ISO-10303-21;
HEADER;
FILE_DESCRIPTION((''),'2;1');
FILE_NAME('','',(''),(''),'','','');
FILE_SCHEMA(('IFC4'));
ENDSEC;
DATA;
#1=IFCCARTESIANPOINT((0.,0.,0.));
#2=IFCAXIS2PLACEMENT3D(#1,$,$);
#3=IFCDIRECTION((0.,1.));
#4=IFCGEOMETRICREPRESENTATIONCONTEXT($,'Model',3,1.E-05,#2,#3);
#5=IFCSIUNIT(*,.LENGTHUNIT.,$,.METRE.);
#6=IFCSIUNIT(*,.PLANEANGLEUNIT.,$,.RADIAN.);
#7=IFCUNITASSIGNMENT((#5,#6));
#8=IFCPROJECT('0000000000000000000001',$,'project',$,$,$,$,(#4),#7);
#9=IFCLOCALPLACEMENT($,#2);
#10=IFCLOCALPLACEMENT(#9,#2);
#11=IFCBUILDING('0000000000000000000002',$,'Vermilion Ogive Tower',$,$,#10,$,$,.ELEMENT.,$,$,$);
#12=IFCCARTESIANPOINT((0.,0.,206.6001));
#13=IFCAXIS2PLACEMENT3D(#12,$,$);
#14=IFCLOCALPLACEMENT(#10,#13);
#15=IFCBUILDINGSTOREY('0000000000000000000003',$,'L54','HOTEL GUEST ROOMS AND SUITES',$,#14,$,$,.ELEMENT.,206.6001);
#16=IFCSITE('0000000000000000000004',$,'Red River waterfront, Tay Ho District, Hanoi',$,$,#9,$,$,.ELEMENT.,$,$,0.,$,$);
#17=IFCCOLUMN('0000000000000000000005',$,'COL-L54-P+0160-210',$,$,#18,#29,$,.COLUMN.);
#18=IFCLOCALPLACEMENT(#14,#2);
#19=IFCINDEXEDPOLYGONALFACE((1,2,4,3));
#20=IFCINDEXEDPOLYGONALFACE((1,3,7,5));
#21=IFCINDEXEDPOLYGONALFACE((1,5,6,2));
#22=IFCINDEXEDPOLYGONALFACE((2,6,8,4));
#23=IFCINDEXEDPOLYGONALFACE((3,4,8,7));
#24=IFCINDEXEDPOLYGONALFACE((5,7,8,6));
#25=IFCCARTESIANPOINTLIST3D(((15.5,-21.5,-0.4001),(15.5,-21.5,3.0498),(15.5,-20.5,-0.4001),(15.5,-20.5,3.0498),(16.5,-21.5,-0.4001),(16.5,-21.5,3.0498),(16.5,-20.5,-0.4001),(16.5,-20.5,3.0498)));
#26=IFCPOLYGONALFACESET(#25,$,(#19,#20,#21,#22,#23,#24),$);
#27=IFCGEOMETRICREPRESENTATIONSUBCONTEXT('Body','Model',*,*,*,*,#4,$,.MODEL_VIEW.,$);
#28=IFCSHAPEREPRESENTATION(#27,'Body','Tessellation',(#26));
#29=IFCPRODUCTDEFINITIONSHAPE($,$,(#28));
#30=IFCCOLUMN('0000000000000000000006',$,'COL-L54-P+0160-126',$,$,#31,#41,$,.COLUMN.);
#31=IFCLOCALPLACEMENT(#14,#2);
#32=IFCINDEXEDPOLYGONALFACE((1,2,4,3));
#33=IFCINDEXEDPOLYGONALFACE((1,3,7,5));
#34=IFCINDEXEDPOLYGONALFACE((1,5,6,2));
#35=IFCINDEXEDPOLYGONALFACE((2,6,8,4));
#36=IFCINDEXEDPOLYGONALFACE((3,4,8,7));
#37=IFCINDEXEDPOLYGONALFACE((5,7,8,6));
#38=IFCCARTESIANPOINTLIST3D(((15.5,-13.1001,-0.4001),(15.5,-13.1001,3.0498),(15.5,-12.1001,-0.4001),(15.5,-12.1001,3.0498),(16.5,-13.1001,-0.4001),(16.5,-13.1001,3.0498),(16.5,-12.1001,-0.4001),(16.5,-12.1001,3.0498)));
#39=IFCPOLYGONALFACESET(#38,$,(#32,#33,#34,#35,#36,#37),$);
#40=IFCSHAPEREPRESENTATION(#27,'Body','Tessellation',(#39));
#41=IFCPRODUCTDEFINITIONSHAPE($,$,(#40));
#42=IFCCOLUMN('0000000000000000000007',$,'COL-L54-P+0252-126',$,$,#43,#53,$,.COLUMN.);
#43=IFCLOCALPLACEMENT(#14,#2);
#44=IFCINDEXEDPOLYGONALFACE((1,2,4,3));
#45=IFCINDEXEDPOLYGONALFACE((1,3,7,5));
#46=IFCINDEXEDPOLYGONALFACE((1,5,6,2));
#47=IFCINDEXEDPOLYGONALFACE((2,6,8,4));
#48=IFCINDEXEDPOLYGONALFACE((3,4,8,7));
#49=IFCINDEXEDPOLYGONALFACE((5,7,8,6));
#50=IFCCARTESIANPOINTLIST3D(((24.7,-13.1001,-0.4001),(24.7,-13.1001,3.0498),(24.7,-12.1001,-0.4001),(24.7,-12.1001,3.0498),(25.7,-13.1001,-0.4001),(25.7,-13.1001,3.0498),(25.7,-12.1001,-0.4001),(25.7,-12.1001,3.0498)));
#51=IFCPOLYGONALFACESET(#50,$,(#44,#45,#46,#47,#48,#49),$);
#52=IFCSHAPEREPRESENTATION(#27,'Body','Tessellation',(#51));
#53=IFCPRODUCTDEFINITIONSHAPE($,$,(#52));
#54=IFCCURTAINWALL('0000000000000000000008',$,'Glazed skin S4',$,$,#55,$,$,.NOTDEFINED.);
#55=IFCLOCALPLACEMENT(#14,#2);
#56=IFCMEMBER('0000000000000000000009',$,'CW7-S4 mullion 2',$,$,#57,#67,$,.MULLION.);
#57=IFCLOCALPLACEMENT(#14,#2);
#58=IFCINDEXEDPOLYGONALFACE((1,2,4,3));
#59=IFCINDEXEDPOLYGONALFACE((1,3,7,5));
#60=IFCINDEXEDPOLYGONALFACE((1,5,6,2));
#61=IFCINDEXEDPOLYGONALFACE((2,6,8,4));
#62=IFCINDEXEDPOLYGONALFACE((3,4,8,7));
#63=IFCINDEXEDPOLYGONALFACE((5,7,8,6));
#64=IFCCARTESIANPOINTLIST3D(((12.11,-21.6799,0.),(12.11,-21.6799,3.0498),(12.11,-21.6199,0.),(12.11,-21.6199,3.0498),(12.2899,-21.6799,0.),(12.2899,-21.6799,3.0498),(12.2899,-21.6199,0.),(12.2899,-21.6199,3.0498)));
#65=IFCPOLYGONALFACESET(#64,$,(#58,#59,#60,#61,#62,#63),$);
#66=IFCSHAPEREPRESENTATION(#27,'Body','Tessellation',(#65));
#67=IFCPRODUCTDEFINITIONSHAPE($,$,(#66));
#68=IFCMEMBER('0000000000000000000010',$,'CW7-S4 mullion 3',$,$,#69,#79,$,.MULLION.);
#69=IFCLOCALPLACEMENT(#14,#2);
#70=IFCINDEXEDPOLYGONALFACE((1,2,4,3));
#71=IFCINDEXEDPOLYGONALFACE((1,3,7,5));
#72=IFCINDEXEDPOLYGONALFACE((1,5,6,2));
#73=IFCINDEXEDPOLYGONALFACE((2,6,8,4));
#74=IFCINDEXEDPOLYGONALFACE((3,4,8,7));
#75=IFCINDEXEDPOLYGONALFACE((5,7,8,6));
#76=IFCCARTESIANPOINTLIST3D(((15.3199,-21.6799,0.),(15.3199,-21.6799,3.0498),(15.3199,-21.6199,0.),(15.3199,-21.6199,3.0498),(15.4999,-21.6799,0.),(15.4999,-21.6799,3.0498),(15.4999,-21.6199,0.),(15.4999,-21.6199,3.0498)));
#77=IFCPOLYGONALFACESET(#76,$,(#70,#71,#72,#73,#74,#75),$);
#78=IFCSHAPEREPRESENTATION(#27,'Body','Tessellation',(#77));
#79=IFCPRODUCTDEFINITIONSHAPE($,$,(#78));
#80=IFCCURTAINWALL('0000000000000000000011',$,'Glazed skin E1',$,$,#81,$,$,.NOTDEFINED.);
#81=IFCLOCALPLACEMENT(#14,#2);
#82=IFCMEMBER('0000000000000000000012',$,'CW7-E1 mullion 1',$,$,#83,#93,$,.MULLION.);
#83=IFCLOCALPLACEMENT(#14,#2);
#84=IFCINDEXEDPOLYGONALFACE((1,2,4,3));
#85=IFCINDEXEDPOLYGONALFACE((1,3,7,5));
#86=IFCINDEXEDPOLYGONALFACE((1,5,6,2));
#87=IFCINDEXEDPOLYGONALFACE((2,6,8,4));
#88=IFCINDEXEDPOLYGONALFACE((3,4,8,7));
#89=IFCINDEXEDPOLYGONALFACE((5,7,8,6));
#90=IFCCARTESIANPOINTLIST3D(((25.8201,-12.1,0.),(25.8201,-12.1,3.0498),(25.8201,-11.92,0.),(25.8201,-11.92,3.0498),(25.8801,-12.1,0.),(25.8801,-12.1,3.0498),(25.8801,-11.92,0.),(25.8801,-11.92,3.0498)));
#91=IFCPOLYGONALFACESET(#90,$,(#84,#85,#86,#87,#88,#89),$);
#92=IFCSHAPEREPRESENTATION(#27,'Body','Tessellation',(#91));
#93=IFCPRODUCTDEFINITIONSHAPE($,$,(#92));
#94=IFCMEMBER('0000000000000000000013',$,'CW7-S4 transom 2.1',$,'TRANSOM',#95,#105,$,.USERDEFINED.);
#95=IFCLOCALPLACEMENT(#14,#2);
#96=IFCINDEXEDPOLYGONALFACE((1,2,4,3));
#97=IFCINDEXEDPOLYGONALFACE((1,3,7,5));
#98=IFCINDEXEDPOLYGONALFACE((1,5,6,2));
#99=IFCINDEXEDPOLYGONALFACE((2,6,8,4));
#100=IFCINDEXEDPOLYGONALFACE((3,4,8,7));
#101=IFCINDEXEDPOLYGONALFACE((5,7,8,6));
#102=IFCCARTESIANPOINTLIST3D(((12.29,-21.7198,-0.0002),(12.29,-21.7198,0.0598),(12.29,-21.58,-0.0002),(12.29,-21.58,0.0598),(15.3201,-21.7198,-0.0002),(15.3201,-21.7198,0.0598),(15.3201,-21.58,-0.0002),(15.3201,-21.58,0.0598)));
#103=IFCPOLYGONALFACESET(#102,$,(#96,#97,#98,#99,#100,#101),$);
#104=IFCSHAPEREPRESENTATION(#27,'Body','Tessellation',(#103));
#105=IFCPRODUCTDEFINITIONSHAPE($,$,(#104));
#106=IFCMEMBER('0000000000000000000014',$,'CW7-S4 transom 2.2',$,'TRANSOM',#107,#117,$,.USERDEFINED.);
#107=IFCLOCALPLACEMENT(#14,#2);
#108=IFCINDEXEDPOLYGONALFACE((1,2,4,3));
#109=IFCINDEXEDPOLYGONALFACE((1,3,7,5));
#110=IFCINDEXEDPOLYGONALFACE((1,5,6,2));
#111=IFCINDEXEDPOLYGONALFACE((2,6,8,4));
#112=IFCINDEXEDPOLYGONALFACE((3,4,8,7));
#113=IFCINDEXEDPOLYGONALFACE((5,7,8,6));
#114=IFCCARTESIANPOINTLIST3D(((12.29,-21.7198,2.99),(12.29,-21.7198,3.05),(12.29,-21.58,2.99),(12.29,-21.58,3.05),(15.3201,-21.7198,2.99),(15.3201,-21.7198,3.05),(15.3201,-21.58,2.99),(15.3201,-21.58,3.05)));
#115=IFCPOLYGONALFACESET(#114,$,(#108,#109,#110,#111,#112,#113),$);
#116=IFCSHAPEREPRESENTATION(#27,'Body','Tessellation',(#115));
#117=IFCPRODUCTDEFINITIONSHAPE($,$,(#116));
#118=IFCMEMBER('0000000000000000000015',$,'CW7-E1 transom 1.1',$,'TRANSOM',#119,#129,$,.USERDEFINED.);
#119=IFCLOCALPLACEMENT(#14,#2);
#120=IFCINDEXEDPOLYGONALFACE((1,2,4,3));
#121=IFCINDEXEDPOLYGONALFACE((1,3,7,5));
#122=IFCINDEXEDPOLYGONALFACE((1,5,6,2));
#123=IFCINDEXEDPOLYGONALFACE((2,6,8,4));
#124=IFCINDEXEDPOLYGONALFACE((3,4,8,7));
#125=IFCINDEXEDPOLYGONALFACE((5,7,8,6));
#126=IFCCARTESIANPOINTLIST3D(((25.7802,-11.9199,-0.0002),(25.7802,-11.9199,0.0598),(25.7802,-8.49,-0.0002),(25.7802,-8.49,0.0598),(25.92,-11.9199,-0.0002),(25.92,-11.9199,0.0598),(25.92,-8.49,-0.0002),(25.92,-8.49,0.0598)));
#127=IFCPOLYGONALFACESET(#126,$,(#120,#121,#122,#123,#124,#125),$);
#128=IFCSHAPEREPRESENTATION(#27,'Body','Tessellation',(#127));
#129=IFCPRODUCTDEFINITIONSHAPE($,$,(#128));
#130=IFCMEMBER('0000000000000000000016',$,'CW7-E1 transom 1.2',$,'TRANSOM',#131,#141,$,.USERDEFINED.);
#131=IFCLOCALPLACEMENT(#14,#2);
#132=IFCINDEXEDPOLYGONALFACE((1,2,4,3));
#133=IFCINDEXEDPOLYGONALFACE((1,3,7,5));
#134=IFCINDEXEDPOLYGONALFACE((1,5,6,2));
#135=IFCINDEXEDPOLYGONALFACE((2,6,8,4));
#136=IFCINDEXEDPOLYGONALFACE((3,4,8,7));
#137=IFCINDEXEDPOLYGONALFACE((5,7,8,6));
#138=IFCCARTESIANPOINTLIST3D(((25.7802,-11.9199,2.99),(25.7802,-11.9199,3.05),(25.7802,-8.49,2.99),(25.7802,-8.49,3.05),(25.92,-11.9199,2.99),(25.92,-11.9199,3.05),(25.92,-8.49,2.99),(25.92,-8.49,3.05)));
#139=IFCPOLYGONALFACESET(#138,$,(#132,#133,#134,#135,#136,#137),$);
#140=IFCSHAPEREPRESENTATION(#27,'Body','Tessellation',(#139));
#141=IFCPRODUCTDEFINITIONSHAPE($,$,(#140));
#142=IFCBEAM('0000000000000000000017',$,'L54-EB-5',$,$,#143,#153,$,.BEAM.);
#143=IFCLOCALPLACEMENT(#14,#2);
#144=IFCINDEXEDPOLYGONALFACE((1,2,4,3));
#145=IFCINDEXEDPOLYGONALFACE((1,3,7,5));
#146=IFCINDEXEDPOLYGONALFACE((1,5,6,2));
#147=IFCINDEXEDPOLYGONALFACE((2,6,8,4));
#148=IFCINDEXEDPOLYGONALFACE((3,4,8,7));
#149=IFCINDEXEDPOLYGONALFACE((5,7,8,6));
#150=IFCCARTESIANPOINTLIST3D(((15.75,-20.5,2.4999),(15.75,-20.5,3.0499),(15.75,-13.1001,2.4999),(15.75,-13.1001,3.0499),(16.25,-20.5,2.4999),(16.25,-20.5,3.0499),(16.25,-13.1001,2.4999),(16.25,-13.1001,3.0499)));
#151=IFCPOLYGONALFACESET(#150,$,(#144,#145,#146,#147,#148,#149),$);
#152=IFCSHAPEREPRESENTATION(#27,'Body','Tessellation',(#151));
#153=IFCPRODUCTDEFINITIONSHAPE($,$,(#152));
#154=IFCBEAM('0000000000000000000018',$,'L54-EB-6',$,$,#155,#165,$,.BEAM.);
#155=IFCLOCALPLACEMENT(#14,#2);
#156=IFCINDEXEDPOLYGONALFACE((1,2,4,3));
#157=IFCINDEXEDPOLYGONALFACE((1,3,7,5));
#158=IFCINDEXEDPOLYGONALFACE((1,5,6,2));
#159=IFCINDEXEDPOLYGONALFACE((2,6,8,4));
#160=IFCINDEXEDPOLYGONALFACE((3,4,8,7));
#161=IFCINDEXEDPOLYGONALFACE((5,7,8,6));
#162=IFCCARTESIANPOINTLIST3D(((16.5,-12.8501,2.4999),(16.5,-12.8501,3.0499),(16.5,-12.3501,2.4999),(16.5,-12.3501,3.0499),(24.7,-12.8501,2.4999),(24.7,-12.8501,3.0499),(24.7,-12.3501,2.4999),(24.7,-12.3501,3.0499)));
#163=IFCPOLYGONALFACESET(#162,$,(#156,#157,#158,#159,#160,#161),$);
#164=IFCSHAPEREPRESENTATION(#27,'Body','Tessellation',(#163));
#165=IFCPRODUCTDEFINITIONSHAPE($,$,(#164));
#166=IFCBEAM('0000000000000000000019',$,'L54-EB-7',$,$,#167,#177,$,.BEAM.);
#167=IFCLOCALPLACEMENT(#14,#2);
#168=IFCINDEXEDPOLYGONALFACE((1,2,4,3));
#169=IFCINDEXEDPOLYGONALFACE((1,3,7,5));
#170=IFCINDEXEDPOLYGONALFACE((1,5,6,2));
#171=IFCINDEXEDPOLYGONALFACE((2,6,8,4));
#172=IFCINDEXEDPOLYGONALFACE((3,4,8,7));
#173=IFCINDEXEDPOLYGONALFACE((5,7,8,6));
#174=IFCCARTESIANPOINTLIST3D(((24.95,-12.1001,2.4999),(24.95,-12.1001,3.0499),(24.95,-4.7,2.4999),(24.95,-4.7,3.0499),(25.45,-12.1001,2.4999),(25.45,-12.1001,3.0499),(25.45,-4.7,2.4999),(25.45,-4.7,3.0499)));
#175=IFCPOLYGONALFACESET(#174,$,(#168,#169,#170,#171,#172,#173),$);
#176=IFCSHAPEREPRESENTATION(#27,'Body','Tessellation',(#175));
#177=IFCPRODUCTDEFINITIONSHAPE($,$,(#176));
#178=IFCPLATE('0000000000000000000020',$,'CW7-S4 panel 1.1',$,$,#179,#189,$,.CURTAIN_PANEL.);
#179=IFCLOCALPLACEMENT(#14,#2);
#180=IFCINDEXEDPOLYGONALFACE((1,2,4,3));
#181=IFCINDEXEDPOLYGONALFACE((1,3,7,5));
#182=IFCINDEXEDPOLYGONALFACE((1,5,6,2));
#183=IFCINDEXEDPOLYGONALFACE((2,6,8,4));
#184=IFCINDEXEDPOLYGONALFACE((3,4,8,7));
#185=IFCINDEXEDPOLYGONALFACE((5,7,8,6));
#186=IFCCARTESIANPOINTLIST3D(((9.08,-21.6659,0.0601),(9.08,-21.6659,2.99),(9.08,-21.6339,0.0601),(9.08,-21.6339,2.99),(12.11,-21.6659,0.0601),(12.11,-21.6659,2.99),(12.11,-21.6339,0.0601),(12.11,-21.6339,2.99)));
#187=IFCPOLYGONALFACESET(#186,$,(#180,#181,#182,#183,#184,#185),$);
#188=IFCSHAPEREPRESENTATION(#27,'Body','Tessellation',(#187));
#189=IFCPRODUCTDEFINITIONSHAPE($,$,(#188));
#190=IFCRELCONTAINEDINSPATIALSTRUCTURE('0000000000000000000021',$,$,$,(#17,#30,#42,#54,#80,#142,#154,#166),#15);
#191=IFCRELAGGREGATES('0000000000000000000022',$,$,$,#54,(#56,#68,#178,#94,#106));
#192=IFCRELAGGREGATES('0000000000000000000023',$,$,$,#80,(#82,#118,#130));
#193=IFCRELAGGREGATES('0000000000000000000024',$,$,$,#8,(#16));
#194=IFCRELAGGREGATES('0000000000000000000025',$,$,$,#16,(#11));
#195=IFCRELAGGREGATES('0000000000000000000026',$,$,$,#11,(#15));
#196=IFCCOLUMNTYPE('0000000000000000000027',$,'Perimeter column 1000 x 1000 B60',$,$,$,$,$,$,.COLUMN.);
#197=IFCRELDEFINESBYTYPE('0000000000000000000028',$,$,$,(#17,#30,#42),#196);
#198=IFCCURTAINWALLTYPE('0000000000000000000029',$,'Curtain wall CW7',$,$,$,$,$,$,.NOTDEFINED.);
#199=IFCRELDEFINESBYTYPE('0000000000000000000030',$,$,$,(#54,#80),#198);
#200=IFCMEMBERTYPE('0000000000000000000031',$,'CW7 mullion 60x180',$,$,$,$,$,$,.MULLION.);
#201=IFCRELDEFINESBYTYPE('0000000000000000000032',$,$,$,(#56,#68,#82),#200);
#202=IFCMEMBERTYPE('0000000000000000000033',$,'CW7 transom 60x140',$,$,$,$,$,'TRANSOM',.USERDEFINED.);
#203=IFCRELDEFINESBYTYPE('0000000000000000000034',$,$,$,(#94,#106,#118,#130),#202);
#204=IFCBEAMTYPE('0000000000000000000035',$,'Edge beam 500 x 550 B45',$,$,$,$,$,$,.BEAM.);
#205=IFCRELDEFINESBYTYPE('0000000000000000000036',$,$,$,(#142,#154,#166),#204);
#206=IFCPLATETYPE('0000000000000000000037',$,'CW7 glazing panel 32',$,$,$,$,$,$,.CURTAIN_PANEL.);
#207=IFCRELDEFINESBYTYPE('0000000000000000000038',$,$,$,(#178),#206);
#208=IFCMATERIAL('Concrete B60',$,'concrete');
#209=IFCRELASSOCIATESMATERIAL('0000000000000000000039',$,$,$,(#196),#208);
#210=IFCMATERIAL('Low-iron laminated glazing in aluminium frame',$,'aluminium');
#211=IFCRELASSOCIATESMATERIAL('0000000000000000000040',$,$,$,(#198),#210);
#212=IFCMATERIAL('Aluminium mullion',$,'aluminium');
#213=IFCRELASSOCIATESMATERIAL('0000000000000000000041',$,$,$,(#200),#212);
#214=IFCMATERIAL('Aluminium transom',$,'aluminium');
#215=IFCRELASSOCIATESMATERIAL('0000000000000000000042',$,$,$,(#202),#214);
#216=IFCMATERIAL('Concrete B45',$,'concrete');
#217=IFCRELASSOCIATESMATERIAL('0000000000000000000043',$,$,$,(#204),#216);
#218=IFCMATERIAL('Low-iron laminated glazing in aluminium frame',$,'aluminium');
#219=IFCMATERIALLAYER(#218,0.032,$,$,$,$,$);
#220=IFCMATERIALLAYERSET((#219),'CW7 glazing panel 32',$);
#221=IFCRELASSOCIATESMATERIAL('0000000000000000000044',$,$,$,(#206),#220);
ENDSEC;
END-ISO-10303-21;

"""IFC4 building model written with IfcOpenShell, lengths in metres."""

from ifc_helpers import new_model, si_unit, direction, frame, origin, origin_2d, place, context, subcontext, project, spatial, rectangle, extrude, material, layer, layer_set, material_profile, profile_set, type_object, element, aggregate, save


model = new_model("IFC4")

# Units and contexts
model_context = context("Model", 3, precision=1e-05, world=origin(), true_north=direction((0.0, 1.0)))
body_context = subcontext(model_context, "Body", "Model", "MODEL_VIEW")
ifc_project = project(units=[si_unit("LENGTHUNIT", "METRE"), si_unit("PLANEANGLEUNIT", "RADIAN")], contexts=[model_context])

# Site, building, storey
site_placement = place(None, origin())
site = spatial("IfcSite", under=ifc_project, at=site_placement, Name="Red River waterfront, Tay Ho District, Hanoi", CompositionType="ELEMENT", RefElevation=0.0)
building_placement = place(site_placement, origin())
building = spatial("IfcBuilding", under=site, at=building_placement, Name="Vermilion Ogive Tower", CompositionType="ELEMENT")
storey_placement = place(building_placement, frame((0.0, 0.0, 206.6001)))
storey = spatial("IfcBuildingStorey", under=building, at=storey_placement, Name="L54", Description="HOTEL GUEST ROOMS AND SUITES", CompositionType="ELEMENT", Elevation=206.6001)

# Columns
ifc_material_1 = material(Name="Concrete B60", Category="concrete")
ifc_material_profile_1 = material_profile(ifc_material_1, rectangle(XDim=1.0, YDim=1.0, at=origin_2d()), Name="1000 x 1000")
ifc_profile_set_1 = profile_set([ifc_material_profile_1], Name="Concrete B60")
column_type = type_object("IfcColumnType", Name="Perimeter column 1000 x 1000 B60", PredefinedType="COLUMN", material=ifc_profile_set_1)
for number, where, z_axis, x_axis, name in (
    (1, (16.0, -21.0, -0.4001), (0.0, 0.0, 1.0), (1.0, 0.0, 0.0), "COL-L54-P+0160-210"),
    (2, (16.0, -12.6001, -0.4001), (0.0, 0.0, 1.0), (1.0, 0.0, 0.0), "COL-L54-P+0160-126"),
    (3, (25.2, -12.6001, -0.4001), (0.0, 0.0, 1.0), (1.0, 0.0, 0.0), "COL-L54-P+0252-126"),
):
    element("IfcColumn", number, at=place(storey_placement, frame(where, z_axis=z_axis, x_axis=x_axis)), inside=storey, type_object=column_type, Name=name, PredefinedType="COLUMN", context=body_context, shape_type="SweptSolid", body=[
        extrude(rectangle(XDim=1.0, YDim=1.0, at=origin_2d()), origin(), (0.0, 0.0, 1.0), 3.45),
    ])

# Curtain wall, members
ifc_material_2 = material(Name="Low-iron laminated glazing in aluminium frame", Category="aluminium")
curtain_wall_type = type_object("IfcCurtainWallType", Name="Curtain wall CW7", PredefinedType="NOTDEFINED", material=ifc_material_2)
curtain_wall_1_placement = place(storey_placement, origin())
curtain_wall_1 = element("IfcCurtainWall", 4, at=curtain_wall_1_placement, inside=storey, type_object=curtain_wall_type, Name="Glazed skin S4", PredefinedType="NOTDEFINED")
ifc_material_3 = material(Name="Aluminium mullion", Category="aluminium")
ifc_material_profile_2 = material_profile(ifc_material_3, rectangle(XDim=0.0601, YDim=0.1799, at=origin_2d()), Name="AL 60x180")
ifc_profile_set_2 = profile_set([ifc_material_profile_2], Name="Aluminium mullion")
member_type_1 = type_object("IfcMemberType", Name="CW7 mullion 60x180", PredefinedType="MULLION", material=ifc_profile_set_2)
member_1_placement = place(storey_placement, frame((12.2, -21.6499, 0.0), z_axis=(0.0, 0.0, 1.0), x_axis=(0.0, 1.0, 0.0)))
member_1 = element("IfcMember", 5, at=member_1_placement, type_object=member_type_1, Name="CW7-S4 mullion 2", PredefinedType="MULLION", context=body_context, shape_type="SweptSolid", body=[
    extrude(rectangle(XDim=0.0601, YDim=0.1799, at=origin_2d()), origin(), (0.0, 0.0, 1.0), 3.0498),
])
member_2_placement = place(storey_placement, frame((15.4099, -21.6499, 0.0), z_axis=(0.0, 0.0, 1.0), x_axis=(0.0, 1.0, 0.0)))
member_2 = element("IfcMember", 6, at=member_2_placement, type_object=member_type_1, Name="CW7-S4 mullion 3", PredefinedType="MULLION", context=body_context, shape_type="SweptSolid", body=[
    extrude(rectangle(XDim=0.0601, YDim=0.1799, at=origin_2d()), origin(), (0.0, 0.0, 1.0), 3.0498),
])

# Curtain wall, member
curtain_wall_2_placement = place(storey_placement, origin())
curtain_wall_2 = element("IfcCurtainWall", 7, at=curtain_wall_2_placement, inside=storey, type_object=curtain_wall_type, Name="Glazed skin E1", PredefinedType="NOTDEFINED")
member_3_placement = place(storey_placement, frame((25.8501, -12.01, 0.0), z_axis=(0.0, 0.0, 1.0), x_axis=(-1.0, 0.0, 0.0)))
member_3 = element("IfcMember", 8, at=member_3_placement, type_object=member_type_1, Name="CW7-E1 mullion 1", PredefinedType="MULLION", context=body_context, shape_type="SweptSolid", body=[
    extrude(rectangle(XDim=0.0601, YDim=0.1799, at=origin_2d()), origin(), (0.0, 0.0, 1.0), 3.0498),
])

# Members
ifc_material_4 = material(Name="Aluminium transom", Category="aluminium")
ifc_material_profile_3 = material_profile(ifc_material_4, rectangle(XDim=0.1399, YDim=0.0601, at=origin_2d()), Name="AL 60x140")
ifc_profile_set_3 = profile_set([ifc_material_profile_3], Name="Aluminium transom")
member_type_2 = type_object("IfcMemberType", Name="CW7 transom 60x140", ElementType="TRANSOM", PredefinedType="USERDEFINED", material=ifc_profile_set_3)
member_4_placement = place(storey_placement, frame((12.29, -21.6499, 0.0298), z_axis=(1.0, 0.0, 0.0), x_axis=(0.0, 1.0, 0.0)))
member_4 = element("IfcMember", 9, at=member_4_placement, type_object=member_type_2, Name="CW7-S4 transom 2.1", ObjectType="TRANSOM", PredefinedType="USERDEFINED", context=body_context, shape_type="SweptSolid", body=[
    extrude(rectangle(XDim=0.1399, YDim=0.0601, at=origin_2d()), origin(), (0.0, 0.0, 1.0), 3.03),
])
member_5_placement = place(storey_placement, frame((12.29, -21.6499, 3.02), z_axis=(1.0, 0.0, 0.0), x_axis=(0.0, 1.0, 0.0)))
member_5 = element("IfcMember", 10, at=member_5_placement, type_object=member_type_2, Name="CW7-S4 transom 2.2", ObjectType="TRANSOM", PredefinedType="USERDEFINED", context=body_context, shape_type="SweptSolid", body=[
    extrude(rectangle(XDim=0.1399, YDim=0.0601, at=origin_2d()), origin(), (0.0, 0.0, 1.0), 3.03),
])
member_6_placement = place(storey_placement, frame((25.8501, -11.9199, 0.0298), z_axis=(0.0, 1.0, 0.0), x_axis=(-1.0, 0.0, 0.0)))
member_6 = element("IfcMember", 11, at=member_6_placement, type_object=member_type_2, Name="CW7-E1 transom 1.1", ObjectType="TRANSOM", PredefinedType="USERDEFINED", context=body_context, shape_type="SweptSolid", body=[
    extrude(rectangle(XDim=0.1399, YDim=0.0601, at=origin_2d()), origin(), (0.0, 0.0, 1.0), 3.4299),
])
member_7_placement = place(storey_placement, frame((25.8501, -11.9199, 3.02), z_axis=(0.0, 1.0, 0.0), x_axis=(-1.0, 0.0, 0.0)))
member_7 = element("IfcMember", 12, at=member_7_placement, type_object=member_type_2, Name="CW7-E1 transom 1.2", ObjectType="TRANSOM", PredefinedType="USERDEFINED", context=body_context, shape_type="SweptSolid", body=[
    extrude(rectangle(XDim=0.1399, YDim=0.0601, at=origin_2d()), origin(), (0.0, 0.0, 1.0), 3.4299),
])

# Beams
ifc_material_5 = material(Name="Concrete B45", Category="concrete")
ifc_material_profile_4 = material_profile(ifc_material_5, rectangle(XDim=0.5, YDim=0.55, at=origin_2d()), Name="500 x 550")
ifc_profile_set_4 = profile_set([ifc_material_profile_4], Name="Concrete B45")
beam_type = type_object("IfcBeamType", Name="Edge beam 500 x 550 B45", PredefinedType="BEAM", material=ifc_profile_set_4)
beam_1_placement = place(storey_placement, frame((16.0, -20.5, 2.7749), z_axis=(0.0, 1.0, 0.0), x_axis=(-1.0, 0.0, 0.0)))
element("IfcBeam", 13, at=beam_1_placement, inside=storey, type_object=beam_type, Name="L54-EB-5", PredefinedType="BEAM", context=body_context, shape_type="SweptSolid", body=[
    extrude(rectangle(XDim=0.5, YDim=0.55, at=origin_2d()), origin(), (0.0, 0.0, 1.0), 7.3999),
])
beam_2_placement = place(storey_placement, frame((16.5, -12.6001, 2.7749), z_axis=(1.0, 0.0, 0.0), x_axis=(0.0, 1.0, 0.0)))
element("IfcBeam", 14, at=beam_2_placement, inside=storey, type_object=beam_type, Name="L54-EB-6", PredefinedType="BEAM", context=body_context, shape_type="SweptSolid", body=[
    extrude(rectangle(XDim=0.5, YDim=0.55, at=origin_2d()), origin(), (0.0, 0.0, 1.0), 8.2),
])
beam_3_placement = place(storey_placement, frame((25.2, -12.1001, 2.7749), z_axis=(0.0, 1.0, 0.0), x_axis=(-1.0, 0.0, 0.0)))
element("IfcBeam", 15, at=beam_3_placement, inside=storey, type_object=beam_type, Name="L54-EB-7", PredefinedType="BEAM", context=body_context, shape_type="SweptSolid", body=[
    extrude(rectangle(XDim=0.5, YDim=0.55, at=origin_2d()), origin(), (0.0, 0.0, 1.0), 7.4001),
])

# Plate
ifc_material_6 = material(Name="Low-iron laminated glazing in aluminium frame", Category="aluminium")
ifc_layer_1 = layer(ifc_material_6, 0.032)
ifc_layer_set_1 = layer_set([ifc_layer_1], Name="CW7 glazing panel 32")
plate_type = type_object("IfcPlateType", Name="CW7 glazing panel 32", PredefinedType="CURTAIN_PANEL", material=ifc_layer_set_1)
plate_1_placement = place(storey_placement, frame((10.595, -21.6499, 0.0601), z_axis=(0.0, 0.0, 1.0), x_axis=(1.0, 0.0, 0.0)))
plate_1 = element("IfcPlate", 16, at=plate_1_placement, type_object=plate_type, Name="CW7-S4 panel 1.1", PredefinedType="CURTAIN_PANEL", context=body_context, shape_type="SweptSolid", body=[
    extrude(rectangle(XDim=3.03, YDim=0.032, at=origin_2d()), origin(), (0.0, 0.0, 1.0), 2.9299),
])
aggregate(curtain_wall_1, [member_1, member_2, plate_1, member_4, member_5])
aggregate(curtain_wall_2, [member_3, member_6, member_7])

save(model, "model.ifc")
